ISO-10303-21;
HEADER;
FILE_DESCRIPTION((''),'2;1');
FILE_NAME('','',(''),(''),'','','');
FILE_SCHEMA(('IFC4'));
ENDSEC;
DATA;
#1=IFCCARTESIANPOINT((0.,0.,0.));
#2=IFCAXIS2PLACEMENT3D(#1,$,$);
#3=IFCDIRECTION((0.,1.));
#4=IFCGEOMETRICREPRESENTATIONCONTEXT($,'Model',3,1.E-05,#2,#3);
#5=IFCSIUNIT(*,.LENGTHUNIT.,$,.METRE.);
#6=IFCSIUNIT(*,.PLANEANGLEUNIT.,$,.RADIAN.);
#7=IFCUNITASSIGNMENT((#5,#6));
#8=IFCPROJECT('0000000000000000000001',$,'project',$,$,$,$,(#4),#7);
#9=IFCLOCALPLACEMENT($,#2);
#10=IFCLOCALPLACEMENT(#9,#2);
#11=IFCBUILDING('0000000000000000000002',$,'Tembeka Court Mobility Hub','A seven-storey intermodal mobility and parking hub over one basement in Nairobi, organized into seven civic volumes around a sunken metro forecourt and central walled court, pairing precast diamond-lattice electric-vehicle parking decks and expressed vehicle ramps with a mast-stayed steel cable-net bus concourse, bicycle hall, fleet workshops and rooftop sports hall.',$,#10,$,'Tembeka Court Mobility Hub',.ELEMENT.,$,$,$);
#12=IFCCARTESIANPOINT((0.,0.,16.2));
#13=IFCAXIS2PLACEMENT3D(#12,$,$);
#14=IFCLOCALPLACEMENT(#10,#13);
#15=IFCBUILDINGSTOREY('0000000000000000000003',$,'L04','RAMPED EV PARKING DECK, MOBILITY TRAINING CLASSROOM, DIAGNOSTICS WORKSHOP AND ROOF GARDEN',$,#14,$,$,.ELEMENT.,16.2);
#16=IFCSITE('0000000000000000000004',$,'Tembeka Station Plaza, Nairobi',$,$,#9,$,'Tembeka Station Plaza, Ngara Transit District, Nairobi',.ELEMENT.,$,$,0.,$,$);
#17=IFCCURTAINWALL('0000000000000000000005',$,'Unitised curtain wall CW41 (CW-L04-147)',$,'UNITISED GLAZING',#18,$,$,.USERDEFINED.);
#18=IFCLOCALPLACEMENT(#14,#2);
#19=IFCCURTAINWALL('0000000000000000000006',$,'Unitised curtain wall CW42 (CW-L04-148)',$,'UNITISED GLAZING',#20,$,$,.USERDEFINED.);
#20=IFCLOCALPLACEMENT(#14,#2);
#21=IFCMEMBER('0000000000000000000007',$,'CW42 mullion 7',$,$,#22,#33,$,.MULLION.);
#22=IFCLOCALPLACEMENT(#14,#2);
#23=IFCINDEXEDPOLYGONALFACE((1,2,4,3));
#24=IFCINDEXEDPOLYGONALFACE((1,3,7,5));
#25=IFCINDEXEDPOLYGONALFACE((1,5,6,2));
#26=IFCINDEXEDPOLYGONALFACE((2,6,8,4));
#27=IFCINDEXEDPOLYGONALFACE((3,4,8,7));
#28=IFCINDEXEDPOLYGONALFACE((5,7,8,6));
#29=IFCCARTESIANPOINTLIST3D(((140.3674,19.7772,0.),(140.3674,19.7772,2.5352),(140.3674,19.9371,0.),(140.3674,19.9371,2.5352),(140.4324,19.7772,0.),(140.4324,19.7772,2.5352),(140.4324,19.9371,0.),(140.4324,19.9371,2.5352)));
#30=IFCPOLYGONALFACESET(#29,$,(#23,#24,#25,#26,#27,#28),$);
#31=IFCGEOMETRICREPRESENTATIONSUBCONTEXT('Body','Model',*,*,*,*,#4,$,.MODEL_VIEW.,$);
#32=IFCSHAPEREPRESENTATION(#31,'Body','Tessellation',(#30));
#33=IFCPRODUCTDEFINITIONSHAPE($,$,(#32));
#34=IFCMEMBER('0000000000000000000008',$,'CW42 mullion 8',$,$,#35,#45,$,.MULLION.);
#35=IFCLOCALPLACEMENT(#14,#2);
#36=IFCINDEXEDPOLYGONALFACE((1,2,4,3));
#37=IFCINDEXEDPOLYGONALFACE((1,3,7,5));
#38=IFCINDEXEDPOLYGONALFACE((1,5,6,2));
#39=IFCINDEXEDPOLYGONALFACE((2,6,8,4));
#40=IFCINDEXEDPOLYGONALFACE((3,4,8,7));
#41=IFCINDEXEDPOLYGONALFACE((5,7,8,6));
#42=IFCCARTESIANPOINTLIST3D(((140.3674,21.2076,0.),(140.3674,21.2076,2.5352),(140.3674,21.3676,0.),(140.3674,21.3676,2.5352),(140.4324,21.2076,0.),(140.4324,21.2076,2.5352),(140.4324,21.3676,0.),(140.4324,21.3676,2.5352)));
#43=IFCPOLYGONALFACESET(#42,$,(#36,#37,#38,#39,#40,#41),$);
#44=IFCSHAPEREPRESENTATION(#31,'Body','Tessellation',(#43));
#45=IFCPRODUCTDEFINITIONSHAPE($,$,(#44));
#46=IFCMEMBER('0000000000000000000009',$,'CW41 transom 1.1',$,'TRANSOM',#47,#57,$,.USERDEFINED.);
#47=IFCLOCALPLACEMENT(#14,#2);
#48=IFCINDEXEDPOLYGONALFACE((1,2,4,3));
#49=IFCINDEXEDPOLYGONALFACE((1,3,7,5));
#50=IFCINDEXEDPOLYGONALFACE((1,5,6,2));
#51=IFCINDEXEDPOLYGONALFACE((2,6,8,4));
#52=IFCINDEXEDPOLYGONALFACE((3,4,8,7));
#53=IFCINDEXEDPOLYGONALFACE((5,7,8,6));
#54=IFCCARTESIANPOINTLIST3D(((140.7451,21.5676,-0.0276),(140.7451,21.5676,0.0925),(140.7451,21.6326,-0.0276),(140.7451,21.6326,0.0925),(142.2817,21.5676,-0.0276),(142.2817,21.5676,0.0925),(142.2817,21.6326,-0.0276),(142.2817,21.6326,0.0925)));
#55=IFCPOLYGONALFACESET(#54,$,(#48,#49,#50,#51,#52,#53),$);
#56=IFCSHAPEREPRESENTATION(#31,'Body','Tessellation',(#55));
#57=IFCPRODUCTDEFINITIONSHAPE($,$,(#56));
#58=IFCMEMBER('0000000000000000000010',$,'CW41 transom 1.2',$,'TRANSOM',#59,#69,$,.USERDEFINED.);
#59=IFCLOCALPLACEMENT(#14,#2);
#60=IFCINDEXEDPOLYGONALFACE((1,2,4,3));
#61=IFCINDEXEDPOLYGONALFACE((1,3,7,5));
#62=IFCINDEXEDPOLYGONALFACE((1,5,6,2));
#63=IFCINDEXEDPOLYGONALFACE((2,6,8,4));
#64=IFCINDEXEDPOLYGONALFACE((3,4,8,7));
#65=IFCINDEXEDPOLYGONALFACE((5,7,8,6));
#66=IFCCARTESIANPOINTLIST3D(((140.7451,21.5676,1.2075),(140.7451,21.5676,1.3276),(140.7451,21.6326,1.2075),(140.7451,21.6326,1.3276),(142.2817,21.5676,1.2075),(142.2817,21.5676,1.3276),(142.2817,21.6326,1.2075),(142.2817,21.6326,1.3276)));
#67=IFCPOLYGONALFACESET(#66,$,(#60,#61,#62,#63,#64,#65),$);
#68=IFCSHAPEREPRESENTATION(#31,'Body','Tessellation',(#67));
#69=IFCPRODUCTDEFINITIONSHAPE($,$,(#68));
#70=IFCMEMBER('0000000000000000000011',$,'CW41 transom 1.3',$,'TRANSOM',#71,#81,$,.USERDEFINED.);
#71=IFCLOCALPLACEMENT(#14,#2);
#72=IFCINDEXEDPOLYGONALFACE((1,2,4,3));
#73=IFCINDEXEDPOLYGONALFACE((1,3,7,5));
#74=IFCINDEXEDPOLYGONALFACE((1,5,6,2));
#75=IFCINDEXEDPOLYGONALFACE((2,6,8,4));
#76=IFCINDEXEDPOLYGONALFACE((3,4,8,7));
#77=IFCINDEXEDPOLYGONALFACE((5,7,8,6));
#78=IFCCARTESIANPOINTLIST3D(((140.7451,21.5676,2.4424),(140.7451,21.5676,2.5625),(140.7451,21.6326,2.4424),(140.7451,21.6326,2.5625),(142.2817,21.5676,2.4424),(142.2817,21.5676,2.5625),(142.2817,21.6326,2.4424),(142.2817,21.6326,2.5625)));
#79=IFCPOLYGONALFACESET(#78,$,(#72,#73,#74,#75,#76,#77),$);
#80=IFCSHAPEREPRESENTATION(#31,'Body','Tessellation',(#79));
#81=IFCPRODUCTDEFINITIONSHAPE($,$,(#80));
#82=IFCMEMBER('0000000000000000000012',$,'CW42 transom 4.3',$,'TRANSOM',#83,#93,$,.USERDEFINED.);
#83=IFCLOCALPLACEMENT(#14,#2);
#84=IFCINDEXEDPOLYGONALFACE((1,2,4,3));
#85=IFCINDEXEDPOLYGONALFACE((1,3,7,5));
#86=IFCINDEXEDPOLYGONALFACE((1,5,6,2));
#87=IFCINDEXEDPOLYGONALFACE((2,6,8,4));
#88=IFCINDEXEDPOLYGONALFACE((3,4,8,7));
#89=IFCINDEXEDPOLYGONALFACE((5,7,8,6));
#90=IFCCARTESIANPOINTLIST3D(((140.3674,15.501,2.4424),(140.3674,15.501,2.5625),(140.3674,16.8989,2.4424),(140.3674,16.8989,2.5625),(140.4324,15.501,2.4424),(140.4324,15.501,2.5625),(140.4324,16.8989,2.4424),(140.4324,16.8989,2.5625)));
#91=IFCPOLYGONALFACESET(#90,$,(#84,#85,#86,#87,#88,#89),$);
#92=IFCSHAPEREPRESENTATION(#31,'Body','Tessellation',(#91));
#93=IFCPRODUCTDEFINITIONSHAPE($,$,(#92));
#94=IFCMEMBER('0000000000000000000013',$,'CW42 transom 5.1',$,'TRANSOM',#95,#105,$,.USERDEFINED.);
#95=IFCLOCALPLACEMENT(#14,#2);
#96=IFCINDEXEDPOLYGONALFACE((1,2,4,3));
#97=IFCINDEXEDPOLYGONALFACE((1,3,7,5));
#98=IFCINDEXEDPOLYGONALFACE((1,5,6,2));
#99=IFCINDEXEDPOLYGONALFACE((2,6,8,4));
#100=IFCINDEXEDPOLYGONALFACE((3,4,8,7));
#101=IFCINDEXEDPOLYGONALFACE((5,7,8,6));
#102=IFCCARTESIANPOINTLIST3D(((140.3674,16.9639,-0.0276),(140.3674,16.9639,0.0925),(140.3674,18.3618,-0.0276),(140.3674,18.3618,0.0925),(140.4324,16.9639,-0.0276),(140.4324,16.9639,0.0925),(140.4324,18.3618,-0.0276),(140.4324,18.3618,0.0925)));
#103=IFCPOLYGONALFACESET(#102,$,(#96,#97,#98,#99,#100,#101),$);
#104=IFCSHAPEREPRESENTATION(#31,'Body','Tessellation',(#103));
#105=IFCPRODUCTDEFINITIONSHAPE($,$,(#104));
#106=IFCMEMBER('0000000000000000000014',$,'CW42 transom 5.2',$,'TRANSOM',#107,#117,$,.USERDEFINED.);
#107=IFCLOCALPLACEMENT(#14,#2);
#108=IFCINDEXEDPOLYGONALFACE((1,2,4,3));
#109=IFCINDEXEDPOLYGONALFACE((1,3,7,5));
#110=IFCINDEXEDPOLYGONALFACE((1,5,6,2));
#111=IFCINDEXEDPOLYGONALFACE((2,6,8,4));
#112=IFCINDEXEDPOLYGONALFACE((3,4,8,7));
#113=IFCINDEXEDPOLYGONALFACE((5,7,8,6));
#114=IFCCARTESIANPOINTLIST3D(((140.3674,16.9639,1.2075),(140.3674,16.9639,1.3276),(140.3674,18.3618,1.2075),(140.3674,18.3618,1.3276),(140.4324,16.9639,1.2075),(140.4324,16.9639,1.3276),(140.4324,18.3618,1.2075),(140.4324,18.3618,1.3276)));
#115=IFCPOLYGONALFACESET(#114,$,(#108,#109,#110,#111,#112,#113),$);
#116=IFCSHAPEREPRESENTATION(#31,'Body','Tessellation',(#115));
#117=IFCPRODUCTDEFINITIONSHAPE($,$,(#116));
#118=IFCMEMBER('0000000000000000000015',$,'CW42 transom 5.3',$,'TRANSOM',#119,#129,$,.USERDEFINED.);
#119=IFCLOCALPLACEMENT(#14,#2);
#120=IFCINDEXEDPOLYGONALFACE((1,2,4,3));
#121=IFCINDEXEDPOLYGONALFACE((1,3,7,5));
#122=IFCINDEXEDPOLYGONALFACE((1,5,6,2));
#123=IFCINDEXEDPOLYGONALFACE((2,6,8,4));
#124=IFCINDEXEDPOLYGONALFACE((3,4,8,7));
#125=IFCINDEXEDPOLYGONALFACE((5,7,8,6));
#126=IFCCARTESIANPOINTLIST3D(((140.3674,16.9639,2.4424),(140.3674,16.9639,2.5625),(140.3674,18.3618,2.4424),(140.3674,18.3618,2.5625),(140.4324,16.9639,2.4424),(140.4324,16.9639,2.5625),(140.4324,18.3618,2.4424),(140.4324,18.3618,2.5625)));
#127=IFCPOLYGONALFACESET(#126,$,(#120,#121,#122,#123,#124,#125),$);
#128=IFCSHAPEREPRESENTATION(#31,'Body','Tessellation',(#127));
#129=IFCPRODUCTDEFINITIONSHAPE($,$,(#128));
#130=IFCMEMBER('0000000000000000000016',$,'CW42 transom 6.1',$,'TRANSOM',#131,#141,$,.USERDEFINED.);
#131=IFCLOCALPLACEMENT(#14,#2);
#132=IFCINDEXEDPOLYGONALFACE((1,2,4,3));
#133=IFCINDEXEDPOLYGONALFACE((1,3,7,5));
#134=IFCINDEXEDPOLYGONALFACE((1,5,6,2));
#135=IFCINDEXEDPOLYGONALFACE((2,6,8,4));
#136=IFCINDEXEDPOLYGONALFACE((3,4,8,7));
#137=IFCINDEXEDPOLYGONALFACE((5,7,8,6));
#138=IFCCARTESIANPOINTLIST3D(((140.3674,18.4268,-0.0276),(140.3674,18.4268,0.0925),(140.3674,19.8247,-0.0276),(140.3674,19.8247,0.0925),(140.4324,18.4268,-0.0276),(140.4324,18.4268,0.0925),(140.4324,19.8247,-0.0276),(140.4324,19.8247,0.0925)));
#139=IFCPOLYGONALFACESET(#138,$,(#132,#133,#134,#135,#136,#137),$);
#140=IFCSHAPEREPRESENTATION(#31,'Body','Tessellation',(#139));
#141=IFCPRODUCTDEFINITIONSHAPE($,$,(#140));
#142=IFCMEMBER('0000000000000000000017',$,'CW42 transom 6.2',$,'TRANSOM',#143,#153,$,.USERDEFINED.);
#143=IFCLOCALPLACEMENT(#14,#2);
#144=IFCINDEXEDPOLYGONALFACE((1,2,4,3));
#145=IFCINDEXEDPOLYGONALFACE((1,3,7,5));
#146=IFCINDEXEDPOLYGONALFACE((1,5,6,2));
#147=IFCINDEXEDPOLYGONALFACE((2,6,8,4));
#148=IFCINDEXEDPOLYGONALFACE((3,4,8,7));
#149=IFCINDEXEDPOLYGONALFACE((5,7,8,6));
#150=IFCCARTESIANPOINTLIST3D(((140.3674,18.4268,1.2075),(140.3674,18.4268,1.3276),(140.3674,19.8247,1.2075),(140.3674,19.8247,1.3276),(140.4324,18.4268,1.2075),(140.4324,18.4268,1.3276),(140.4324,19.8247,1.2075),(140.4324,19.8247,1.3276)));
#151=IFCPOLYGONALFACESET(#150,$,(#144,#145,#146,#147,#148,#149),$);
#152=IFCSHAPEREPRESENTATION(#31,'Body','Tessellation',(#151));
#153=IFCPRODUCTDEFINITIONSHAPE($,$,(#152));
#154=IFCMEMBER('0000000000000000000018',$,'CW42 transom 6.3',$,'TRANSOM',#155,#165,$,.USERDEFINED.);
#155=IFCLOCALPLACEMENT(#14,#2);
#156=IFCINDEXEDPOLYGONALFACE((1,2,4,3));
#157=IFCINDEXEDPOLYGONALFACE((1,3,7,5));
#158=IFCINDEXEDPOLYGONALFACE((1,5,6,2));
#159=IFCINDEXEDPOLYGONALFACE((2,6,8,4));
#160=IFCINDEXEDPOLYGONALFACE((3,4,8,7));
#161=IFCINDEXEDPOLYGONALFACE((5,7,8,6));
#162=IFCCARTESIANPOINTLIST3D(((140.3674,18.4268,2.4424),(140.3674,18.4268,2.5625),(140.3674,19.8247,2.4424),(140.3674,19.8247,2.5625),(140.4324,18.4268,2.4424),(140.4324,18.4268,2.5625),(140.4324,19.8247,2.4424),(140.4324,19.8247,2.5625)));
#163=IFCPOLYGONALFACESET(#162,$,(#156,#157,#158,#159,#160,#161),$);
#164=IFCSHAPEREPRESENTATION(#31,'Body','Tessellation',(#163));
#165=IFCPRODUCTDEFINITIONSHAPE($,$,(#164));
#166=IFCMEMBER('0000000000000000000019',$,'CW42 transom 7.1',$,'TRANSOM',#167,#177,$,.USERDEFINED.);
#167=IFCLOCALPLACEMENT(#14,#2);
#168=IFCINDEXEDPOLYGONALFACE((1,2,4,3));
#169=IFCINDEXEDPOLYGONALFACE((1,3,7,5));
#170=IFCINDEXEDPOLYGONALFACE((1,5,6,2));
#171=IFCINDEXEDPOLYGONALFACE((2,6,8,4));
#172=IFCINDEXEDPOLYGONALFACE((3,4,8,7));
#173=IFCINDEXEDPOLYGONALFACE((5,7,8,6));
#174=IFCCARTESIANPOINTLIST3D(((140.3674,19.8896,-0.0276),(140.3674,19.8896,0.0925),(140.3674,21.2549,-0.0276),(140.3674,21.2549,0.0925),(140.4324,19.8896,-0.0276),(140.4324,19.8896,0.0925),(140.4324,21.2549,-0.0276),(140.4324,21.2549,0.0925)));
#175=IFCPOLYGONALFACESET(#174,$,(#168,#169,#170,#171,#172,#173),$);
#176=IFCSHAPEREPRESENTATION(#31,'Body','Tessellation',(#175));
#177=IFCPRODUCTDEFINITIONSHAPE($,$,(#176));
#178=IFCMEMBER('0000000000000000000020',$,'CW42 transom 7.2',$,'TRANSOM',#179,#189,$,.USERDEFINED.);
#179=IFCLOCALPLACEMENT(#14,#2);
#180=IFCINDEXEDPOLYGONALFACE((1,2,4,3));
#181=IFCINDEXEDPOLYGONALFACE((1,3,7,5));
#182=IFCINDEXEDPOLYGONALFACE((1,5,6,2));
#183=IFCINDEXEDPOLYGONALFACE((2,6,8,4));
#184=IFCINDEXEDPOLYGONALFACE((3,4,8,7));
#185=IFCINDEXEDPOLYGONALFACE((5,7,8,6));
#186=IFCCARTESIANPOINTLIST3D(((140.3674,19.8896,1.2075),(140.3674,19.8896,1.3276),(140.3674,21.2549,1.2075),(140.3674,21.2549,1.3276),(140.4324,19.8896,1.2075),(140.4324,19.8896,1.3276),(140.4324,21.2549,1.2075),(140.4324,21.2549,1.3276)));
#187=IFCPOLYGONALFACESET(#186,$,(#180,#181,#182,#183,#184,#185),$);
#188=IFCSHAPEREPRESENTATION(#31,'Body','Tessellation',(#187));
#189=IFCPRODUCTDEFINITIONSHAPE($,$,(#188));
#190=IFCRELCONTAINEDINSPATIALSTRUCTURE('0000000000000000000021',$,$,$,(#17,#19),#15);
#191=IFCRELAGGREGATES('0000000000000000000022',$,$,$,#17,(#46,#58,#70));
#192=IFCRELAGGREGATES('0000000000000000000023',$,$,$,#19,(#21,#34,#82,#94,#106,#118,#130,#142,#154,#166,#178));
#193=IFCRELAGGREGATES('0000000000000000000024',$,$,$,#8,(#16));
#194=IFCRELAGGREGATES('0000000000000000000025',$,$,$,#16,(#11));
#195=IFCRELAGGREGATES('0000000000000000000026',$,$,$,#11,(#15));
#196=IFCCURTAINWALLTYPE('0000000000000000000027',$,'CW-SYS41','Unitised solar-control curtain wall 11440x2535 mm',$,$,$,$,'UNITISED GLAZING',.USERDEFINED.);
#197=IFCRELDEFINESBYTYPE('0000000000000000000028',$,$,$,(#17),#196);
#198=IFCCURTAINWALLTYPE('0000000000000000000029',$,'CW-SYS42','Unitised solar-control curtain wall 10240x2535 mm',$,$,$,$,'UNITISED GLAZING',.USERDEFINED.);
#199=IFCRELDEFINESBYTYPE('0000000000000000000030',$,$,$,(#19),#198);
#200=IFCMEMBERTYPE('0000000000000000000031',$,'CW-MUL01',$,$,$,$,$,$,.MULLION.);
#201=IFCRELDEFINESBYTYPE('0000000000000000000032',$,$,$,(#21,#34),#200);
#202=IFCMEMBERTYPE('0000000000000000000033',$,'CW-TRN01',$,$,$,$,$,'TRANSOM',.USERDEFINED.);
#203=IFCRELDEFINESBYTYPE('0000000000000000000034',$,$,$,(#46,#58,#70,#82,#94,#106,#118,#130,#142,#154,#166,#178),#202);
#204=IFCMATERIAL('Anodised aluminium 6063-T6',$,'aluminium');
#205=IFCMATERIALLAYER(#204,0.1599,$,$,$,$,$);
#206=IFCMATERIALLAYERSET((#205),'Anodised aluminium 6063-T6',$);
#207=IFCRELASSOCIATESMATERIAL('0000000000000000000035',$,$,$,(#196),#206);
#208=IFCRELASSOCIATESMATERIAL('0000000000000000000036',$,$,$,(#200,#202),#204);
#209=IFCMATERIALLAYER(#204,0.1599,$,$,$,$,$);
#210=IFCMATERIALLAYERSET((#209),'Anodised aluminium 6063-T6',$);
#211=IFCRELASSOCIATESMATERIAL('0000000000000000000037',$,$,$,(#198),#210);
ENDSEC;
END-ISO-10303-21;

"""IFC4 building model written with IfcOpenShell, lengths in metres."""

from ifc_helpers import new_model, si_unit, direction, frame, origin, origin_2d, place, context, subcontext, project, spatial, rectangle, extrude, material, layer, layer_set, material_profile, profile_set, type_object, element, aggregate, save


model = new_model("IFC4")

# Units and contexts
model_context = context("Model", 3, precision=1e-05, world=origin(), true_north=direction((0.0, 1.0)))
body_context = subcontext(model_context, "Body", "Model", "MODEL_VIEW")
ifc_project = project(units=[si_unit("LENGTHUNIT", "METRE"), si_unit("PLANEANGLEUNIT", "RADIAN")], contexts=[model_context])

# Site, building, storey
site_placement = place(None, origin())
site = spatial("IfcSite", under=ifc_project, at=site_placement, Name="Tembeka Station Plaza, Nairobi", LongName="Tembeka Station Plaza, Ngara Transit District, Nairobi", CompositionType="ELEMENT", RefElevation=0.0)
building_placement = place(site_placement, origin())
building = spatial("IfcBuilding", under=site, at=building_placement, Name="Tembeka Court Mobility Hub", Description="A seven-storey intermodal mobility and parking hub over one basement in Nairobi, organized into seven civic volumes around a sunken metro forecourt and central walled court, pairing precast diamond-lattice electric-vehicle parking decks and expressed vehicle ramps with a mast-stayed steel cable-net bus concourse, bicycle hall, fleet workshops and rooftop sports hall.", LongName="Tembeka Court Mobility Hub", CompositionType="ELEMENT")
storey_placement = place(building_placement, frame((0.0, 0.0, 16.2)))
storey = spatial("IfcBuildingStorey", under=building, at=storey_placement, Name="L04", Description="RAMPED EV PARKING DECK, MOBILITY TRAINING CLASSROOM, DIAGNOSTICS WORKSHOP AND ROOF GARDEN", CompositionType="ELEMENT", Elevation=16.2)

# Curtain wall
ifc_material_1 = material(Name="Anodised aluminium 6063-T6", Category="aluminium")
ifc_layer_1 = layer(ifc_material_1, 0.1599)
ifc_layer_set_1 = layer_set([ifc_layer_1], Name="Anodised aluminium 6063-T6")
curtain_wall_type_1 = type_object("IfcCurtainWallType", Name="CW-SYS41", Description="Unitised solar-control curtain wall 11440x2535 mm", ElementType="UNITISED GLAZING", PredefinedType="USERDEFINED", material=ifc_layer_set_1)
curtain_wall_1_placement = place(storey_placement, origin())
curtain_wall_1 = element("IfcCurtainWall", 1, at=curtain_wall_1_placement, inside=storey, type_object=curtain_wall_type_1, Name="Unitised curtain wall CW41 (CW-L04-147)", ObjectType="UNITISED GLAZING", PredefinedType="USERDEFINED")
ifc_material_profile_1 = material_profile(ifc_material_1, rectangle(XDim=0.0649, YDim=0.1599, at=origin_2d()), Name="ALU-MUL 65x160")
ifc_profile_set_1 = profile_set([ifc_material_profile_1], Name="Anodised aluminium 6063-T6")
member_type_1 = type_object("IfcMemberType", Name="CW-MUL01", PredefinedType="MULLION", material=ifc_profile_set_1)

# Curtain wall, members
ifc_layer_2 = layer(ifc_material_1, 0.1599)
ifc_layer_set_2 = layer_set([ifc_layer_2], Name="Anodised aluminium 6063-T6")
curtain_wall_type_2 = type_object("IfcCurtainWallType", Name="CW-SYS42", Description="Unitised solar-control curtain wall 10240x2535 mm", ElementType="UNITISED GLAZING", PredefinedType="USERDEFINED", material=ifc_layer_set_2)
curtain_wall_2_placement = place(storey_placement, origin())
curtain_wall_2 = element("IfcCurtainWall", 2, at=curtain_wall_2_placement, inside=storey, type_object=curtain_wall_type_2, Name="Unitised curtain wall CW42 (CW-L04-148)", ObjectType="UNITISED GLAZING", PredefinedType="USERDEFINED")
member_1_placement = place(storey_placement, frame((140.3999, 19.8572, 0.0), z_axis=(0.0, 0.0, 1.0), x_axis=(-1.0, 0.0, 0.0)))
member_1 = element("IfcMember", 3, at=member_1_placement, type_object=member_type_1, Name="CW42 mullion 7", PredefinedType="MULLION", context=body_context, shape_type="SweptSolid", body=[
    extrude(rectangle(XDim=0.0649, YDim=0.1599, at=origin_2d()), origin(), (0.0, 0.0, 1.0), 2.5352),
])
member_2_placement = place(storey_placement, frame((140.3999, 21.2876, 0.0), z_axis=(0.0, 0.0, 1.0), x_axis=(-1.0, 0.0, 0.0)))
member_2 = element("IfcMember", 4, at=member_2_placement, type_object=member_type_1, Name="CW42 mullion 8", PredefinedType="MULLION", context=body_context, shape_type="SweptSolid", body=[
    extrude(rectangle(XDim=0.0649, YDim=0.1599, at=origin_2d()), origin(), (0.0, 0.0, 1.0), 2.5352),
])

# Members
ifc_material_profile_2 = material_profile(ifc_material_1, rectangle(XDim=0.0649, YDim=0.1201, at=origin_2d()), Name="ALU-TRN 65x120")
ifc_profile_set_2 = profile_set([ifc_material_profile_2], Name="Anodised aluminium 6063-T6")
member_type_2 = type_object("IfcMemberType", Name="CW-TRN01", ElementType="TRANSOM", PredefinedType="USERDEFINED", material=ifc_profile_set_2)
member_3_placement = place(storey_placement, frame((140.7451, 21.6001, 0.0325), z_axis=(1.0, 0.0, 0.0), x_axis=(0.0, 1.0, 0.0)))
member_3 = element("IfcMember", 5, at=member_3_placement, type_object=member_type_2, Name="CW41 transom 1.1", ObjectType="TRANSOM", PredefinedType="USERDEFINED", context=body_context, shape_type="SweptSolid", body=[
    extrude(rectangle(XDim=0.0649, YDim=0.1201, at=origin_2d()), origin(), (0.0, 0.0, 1.0), 1.5366),
])
member_4_placement = place(storey_placement, frame((140.7451, 21.6001, 1.2676), z_axis=(1.0, 0.0, 0.0), x_axis=(0.0, 1.0, 0.0)))
member_4 = element("IfcMember", 6, at=member_4_placement, type_object=member_type_2, Name="CW41 transom 1.2", ObjectType="TRANSOM", PredefinedType="USERDEFINED", context=body_context, shape_type="SweptSolid", body=[
    extrude(rectangle(XDim=0.0649, YDim=0.1201, at=origin_2d()), origin(), (0.0, 0.0, 1.0), 1.5366),
])
member_5_placement = place(storey_placement, frame((140.7451, 21.6001, 2.5024), z_axis=(1.0, 0.0, 0.0), x_axis=(0.0, 1.0, 0.0)))
member_5 = element("IfcMember", 7, at=member_5_placement, type_object=member_type_2, Name="CW41 transom 1.3", ObjectType="TRANSOM", PredefinedType="USERDEFINED", context=body_context, shape_type="SweptSolid", body=[
    extrude(rectangle(XDim=0.0649, YDim=0.1201, at=origin_2d()), origin(), (0.0, 0.0, 1.0), 1.5366),
])
aggregate(curtain_wall_1, [member_3, member_4, member_5])
member_6_placement = place(storey_placement, frame((140.3999, 15.501, 2.5024), z_axis=(0.0, 1.0, 0.0), x_axis=(-1.0, 0.0, 0.0)))
member_6 = element("IfcMember", 8, at=member_6_placement, type_object=member_type_2, Name="CW42 transom 4.3", ObjectType="TRANSOM", PredefinedType="USERDEFINED", context=body_context, shape_type="SweptSolid", body=[
    extrude(rectangle(XDim=0.0649, YDim=0.1201, at=origin_2d()), origin(), (0.0, 0.0, 1.0), 1.3979),
])
member_7_placement = place(storey_placement, frame((140.3999, 16.9639, 0.0325), z_axis=(0.0, 1.0, 0.0), x_axis=(-1.0, 0.0, 0.0)))
member_7 = element("IfcMember", 9, at=member_7_placement, type_object=member_type_2, Name="CW42 transom 5.1", ObjectType="TRANSOM", PredefinedType="USERDEFINED", context=body_context, shape_type="SweptSolid", body=[
    extrude(rectangle(XDim=0.0649, YDim=0.1201, at=origin_2d()), origin(), (0.0, 0.0, 1.0), 1.3979),
])
member_8_placement = place(storey_placement, frame((140.3999, 16.9639, 1.2676), z_axis=(0.0, 1.0, 0.0), x_axis=(-1.0, 0.0, 0.0)))
member_8 = element("IfcMember", 10, at=member_8_placement, type_object=member_type_2, Name="CW42 transom 5.2", ObjectType="TRANSOM", PredefinedType="USERDEFINED", context=body_context, shape_type="SweptSolid", body=[
    extrude(rectangle(XDim=0.0649, YDim=0.1201, at=origin_2d()), origin(), (0.0, 0.0, 1.0), 1.3979),
])
member_9_placement = place(storey_placement, frame((140.3999, 16.9639, 2.5024), z_axis=(0.0, 1.0, 0.0), x_axis=(-1.0, 0.0, 0.0)))
member_9 = element("IfcMember", 11, at=member_9_placement, type_object=member_type_2, Name="CW42 transom 5.3", ObjectType="TRANSOM", PredefinedType="USERDEFINED", context=body_context, shape_type="SweptSolid", body=[
    extrude(rectangle(XDim=0.0649, YDim=0.1201, at=origin_2d()), origin(), (0.0, 0.0, 1.0), 1.3979),
])
member_10_placement = place(storey_placement, frame((140.3999, 18.4268, 0.0325), z_axis=(0.0, 1.0, 0.0), x_axis=(-1.0, 0.0, 0.0)))
member_10 = element("IfcMember", 12, at=member_10_placement, type_object=member_type_2, Name="CW42 transom 6.1", ObjectType="TRANSOM", PredefinedType="USERDEFINED", context=body_context, shape_type="SweptSolid", body=[
    extrude(rectangle(XDim=0.0649, YDim=0.1201, at=origin_2d()), origin(), (0.0, 0.0, 1.0), 1.3979),
])
member_11_placement = place(storey_placement, frame((140.3999, 18.4268, 1.2676), z_axis=(0.0, 1.0, 0.0), x_axis=(-1.0, 0.0, 0.0)))
member_11 = element("IfcMember", 13, at=member_11_placement, type_object=member_type_2, Name="CW42 transom 6.2", ObjectType="TRANSOM", PredefinedType="USERDEFINED", context=body_context, shape_type="SweptSolid", body=[
    extrude(rectangle(XDim=0.0649, YDim=0.1201, at=origin_2d()), origin(), (0.0, 0.0, 1.0), 1.3979),
])
member_12_placement = place(storey_placement, frame((140.3999, 18.4268, 2.5024), z_axis=(0.0, 1.0, 0.0), x_axis=(-1.0, 0.0, 0.0)))
member_12 = element("IfcMember", 14, at=member_12_placement, type_object=member_type_2, Name="CW42 transom 6.3", ObjectType="TRANSOM", PredefinedType="USERDEFINED", context=body_context, shape_type="SweptSolid", body=[
    extrude(rectangle(XDim=0.0649, YDim=0.1201, at=origin_2d()), origin(), (0.0, 0.0, 1.0), 1.3979),
])
member_13_placement = place(storey_placement, frame((140.3999, 19.8896, 0.0325), z_axis=(0.0, 1.0, 0.0), x_axis=(-1.0, 0.0, 0.0)))
member_13 = element("IfcMember", 15, at=member_13_placement, type_object=member_type_2, Name="CW42 transom 7.1", ObjectType="TRANSOM", PredefinedType="USERDEFINED", context=body_context, shape_type="SweptSolid", body=[
    extrude(rectangle(XDim=0.0649, YDim=0.1201, at=origin_2d()), origin(), (0.0, 0.0, 1.0), 1.3652),
])
member_14_placement = place(storey_placement, frame((140.3999, 19.8896, 1.2676), z_axis=(0.0, 1.0, 0.0), x_axis=(-1.0, 0.0, 0.0)))
member_14 = element("IfcMember", 16, at=member_14_placement, type_object=member_type_2, Name="CW42 transom 7.2", ObjectType="TRANSOM", PredefinedType="USERDEFINED", context=body_context, shape_type="SweptSolid", body=[
    extrude(rectangle(XDim=0.0649, YDim=0.1201, at=origin_2d()), origin(), (0.0, 0.0, 1.0), 1.3652),
])

aggregate(curtain_wall_2, [member_1, member_2, member_6, member_7, member_8, member_9, member_10, member_11, member_12, member_13, member_14])

save(model, "model.ifc")
